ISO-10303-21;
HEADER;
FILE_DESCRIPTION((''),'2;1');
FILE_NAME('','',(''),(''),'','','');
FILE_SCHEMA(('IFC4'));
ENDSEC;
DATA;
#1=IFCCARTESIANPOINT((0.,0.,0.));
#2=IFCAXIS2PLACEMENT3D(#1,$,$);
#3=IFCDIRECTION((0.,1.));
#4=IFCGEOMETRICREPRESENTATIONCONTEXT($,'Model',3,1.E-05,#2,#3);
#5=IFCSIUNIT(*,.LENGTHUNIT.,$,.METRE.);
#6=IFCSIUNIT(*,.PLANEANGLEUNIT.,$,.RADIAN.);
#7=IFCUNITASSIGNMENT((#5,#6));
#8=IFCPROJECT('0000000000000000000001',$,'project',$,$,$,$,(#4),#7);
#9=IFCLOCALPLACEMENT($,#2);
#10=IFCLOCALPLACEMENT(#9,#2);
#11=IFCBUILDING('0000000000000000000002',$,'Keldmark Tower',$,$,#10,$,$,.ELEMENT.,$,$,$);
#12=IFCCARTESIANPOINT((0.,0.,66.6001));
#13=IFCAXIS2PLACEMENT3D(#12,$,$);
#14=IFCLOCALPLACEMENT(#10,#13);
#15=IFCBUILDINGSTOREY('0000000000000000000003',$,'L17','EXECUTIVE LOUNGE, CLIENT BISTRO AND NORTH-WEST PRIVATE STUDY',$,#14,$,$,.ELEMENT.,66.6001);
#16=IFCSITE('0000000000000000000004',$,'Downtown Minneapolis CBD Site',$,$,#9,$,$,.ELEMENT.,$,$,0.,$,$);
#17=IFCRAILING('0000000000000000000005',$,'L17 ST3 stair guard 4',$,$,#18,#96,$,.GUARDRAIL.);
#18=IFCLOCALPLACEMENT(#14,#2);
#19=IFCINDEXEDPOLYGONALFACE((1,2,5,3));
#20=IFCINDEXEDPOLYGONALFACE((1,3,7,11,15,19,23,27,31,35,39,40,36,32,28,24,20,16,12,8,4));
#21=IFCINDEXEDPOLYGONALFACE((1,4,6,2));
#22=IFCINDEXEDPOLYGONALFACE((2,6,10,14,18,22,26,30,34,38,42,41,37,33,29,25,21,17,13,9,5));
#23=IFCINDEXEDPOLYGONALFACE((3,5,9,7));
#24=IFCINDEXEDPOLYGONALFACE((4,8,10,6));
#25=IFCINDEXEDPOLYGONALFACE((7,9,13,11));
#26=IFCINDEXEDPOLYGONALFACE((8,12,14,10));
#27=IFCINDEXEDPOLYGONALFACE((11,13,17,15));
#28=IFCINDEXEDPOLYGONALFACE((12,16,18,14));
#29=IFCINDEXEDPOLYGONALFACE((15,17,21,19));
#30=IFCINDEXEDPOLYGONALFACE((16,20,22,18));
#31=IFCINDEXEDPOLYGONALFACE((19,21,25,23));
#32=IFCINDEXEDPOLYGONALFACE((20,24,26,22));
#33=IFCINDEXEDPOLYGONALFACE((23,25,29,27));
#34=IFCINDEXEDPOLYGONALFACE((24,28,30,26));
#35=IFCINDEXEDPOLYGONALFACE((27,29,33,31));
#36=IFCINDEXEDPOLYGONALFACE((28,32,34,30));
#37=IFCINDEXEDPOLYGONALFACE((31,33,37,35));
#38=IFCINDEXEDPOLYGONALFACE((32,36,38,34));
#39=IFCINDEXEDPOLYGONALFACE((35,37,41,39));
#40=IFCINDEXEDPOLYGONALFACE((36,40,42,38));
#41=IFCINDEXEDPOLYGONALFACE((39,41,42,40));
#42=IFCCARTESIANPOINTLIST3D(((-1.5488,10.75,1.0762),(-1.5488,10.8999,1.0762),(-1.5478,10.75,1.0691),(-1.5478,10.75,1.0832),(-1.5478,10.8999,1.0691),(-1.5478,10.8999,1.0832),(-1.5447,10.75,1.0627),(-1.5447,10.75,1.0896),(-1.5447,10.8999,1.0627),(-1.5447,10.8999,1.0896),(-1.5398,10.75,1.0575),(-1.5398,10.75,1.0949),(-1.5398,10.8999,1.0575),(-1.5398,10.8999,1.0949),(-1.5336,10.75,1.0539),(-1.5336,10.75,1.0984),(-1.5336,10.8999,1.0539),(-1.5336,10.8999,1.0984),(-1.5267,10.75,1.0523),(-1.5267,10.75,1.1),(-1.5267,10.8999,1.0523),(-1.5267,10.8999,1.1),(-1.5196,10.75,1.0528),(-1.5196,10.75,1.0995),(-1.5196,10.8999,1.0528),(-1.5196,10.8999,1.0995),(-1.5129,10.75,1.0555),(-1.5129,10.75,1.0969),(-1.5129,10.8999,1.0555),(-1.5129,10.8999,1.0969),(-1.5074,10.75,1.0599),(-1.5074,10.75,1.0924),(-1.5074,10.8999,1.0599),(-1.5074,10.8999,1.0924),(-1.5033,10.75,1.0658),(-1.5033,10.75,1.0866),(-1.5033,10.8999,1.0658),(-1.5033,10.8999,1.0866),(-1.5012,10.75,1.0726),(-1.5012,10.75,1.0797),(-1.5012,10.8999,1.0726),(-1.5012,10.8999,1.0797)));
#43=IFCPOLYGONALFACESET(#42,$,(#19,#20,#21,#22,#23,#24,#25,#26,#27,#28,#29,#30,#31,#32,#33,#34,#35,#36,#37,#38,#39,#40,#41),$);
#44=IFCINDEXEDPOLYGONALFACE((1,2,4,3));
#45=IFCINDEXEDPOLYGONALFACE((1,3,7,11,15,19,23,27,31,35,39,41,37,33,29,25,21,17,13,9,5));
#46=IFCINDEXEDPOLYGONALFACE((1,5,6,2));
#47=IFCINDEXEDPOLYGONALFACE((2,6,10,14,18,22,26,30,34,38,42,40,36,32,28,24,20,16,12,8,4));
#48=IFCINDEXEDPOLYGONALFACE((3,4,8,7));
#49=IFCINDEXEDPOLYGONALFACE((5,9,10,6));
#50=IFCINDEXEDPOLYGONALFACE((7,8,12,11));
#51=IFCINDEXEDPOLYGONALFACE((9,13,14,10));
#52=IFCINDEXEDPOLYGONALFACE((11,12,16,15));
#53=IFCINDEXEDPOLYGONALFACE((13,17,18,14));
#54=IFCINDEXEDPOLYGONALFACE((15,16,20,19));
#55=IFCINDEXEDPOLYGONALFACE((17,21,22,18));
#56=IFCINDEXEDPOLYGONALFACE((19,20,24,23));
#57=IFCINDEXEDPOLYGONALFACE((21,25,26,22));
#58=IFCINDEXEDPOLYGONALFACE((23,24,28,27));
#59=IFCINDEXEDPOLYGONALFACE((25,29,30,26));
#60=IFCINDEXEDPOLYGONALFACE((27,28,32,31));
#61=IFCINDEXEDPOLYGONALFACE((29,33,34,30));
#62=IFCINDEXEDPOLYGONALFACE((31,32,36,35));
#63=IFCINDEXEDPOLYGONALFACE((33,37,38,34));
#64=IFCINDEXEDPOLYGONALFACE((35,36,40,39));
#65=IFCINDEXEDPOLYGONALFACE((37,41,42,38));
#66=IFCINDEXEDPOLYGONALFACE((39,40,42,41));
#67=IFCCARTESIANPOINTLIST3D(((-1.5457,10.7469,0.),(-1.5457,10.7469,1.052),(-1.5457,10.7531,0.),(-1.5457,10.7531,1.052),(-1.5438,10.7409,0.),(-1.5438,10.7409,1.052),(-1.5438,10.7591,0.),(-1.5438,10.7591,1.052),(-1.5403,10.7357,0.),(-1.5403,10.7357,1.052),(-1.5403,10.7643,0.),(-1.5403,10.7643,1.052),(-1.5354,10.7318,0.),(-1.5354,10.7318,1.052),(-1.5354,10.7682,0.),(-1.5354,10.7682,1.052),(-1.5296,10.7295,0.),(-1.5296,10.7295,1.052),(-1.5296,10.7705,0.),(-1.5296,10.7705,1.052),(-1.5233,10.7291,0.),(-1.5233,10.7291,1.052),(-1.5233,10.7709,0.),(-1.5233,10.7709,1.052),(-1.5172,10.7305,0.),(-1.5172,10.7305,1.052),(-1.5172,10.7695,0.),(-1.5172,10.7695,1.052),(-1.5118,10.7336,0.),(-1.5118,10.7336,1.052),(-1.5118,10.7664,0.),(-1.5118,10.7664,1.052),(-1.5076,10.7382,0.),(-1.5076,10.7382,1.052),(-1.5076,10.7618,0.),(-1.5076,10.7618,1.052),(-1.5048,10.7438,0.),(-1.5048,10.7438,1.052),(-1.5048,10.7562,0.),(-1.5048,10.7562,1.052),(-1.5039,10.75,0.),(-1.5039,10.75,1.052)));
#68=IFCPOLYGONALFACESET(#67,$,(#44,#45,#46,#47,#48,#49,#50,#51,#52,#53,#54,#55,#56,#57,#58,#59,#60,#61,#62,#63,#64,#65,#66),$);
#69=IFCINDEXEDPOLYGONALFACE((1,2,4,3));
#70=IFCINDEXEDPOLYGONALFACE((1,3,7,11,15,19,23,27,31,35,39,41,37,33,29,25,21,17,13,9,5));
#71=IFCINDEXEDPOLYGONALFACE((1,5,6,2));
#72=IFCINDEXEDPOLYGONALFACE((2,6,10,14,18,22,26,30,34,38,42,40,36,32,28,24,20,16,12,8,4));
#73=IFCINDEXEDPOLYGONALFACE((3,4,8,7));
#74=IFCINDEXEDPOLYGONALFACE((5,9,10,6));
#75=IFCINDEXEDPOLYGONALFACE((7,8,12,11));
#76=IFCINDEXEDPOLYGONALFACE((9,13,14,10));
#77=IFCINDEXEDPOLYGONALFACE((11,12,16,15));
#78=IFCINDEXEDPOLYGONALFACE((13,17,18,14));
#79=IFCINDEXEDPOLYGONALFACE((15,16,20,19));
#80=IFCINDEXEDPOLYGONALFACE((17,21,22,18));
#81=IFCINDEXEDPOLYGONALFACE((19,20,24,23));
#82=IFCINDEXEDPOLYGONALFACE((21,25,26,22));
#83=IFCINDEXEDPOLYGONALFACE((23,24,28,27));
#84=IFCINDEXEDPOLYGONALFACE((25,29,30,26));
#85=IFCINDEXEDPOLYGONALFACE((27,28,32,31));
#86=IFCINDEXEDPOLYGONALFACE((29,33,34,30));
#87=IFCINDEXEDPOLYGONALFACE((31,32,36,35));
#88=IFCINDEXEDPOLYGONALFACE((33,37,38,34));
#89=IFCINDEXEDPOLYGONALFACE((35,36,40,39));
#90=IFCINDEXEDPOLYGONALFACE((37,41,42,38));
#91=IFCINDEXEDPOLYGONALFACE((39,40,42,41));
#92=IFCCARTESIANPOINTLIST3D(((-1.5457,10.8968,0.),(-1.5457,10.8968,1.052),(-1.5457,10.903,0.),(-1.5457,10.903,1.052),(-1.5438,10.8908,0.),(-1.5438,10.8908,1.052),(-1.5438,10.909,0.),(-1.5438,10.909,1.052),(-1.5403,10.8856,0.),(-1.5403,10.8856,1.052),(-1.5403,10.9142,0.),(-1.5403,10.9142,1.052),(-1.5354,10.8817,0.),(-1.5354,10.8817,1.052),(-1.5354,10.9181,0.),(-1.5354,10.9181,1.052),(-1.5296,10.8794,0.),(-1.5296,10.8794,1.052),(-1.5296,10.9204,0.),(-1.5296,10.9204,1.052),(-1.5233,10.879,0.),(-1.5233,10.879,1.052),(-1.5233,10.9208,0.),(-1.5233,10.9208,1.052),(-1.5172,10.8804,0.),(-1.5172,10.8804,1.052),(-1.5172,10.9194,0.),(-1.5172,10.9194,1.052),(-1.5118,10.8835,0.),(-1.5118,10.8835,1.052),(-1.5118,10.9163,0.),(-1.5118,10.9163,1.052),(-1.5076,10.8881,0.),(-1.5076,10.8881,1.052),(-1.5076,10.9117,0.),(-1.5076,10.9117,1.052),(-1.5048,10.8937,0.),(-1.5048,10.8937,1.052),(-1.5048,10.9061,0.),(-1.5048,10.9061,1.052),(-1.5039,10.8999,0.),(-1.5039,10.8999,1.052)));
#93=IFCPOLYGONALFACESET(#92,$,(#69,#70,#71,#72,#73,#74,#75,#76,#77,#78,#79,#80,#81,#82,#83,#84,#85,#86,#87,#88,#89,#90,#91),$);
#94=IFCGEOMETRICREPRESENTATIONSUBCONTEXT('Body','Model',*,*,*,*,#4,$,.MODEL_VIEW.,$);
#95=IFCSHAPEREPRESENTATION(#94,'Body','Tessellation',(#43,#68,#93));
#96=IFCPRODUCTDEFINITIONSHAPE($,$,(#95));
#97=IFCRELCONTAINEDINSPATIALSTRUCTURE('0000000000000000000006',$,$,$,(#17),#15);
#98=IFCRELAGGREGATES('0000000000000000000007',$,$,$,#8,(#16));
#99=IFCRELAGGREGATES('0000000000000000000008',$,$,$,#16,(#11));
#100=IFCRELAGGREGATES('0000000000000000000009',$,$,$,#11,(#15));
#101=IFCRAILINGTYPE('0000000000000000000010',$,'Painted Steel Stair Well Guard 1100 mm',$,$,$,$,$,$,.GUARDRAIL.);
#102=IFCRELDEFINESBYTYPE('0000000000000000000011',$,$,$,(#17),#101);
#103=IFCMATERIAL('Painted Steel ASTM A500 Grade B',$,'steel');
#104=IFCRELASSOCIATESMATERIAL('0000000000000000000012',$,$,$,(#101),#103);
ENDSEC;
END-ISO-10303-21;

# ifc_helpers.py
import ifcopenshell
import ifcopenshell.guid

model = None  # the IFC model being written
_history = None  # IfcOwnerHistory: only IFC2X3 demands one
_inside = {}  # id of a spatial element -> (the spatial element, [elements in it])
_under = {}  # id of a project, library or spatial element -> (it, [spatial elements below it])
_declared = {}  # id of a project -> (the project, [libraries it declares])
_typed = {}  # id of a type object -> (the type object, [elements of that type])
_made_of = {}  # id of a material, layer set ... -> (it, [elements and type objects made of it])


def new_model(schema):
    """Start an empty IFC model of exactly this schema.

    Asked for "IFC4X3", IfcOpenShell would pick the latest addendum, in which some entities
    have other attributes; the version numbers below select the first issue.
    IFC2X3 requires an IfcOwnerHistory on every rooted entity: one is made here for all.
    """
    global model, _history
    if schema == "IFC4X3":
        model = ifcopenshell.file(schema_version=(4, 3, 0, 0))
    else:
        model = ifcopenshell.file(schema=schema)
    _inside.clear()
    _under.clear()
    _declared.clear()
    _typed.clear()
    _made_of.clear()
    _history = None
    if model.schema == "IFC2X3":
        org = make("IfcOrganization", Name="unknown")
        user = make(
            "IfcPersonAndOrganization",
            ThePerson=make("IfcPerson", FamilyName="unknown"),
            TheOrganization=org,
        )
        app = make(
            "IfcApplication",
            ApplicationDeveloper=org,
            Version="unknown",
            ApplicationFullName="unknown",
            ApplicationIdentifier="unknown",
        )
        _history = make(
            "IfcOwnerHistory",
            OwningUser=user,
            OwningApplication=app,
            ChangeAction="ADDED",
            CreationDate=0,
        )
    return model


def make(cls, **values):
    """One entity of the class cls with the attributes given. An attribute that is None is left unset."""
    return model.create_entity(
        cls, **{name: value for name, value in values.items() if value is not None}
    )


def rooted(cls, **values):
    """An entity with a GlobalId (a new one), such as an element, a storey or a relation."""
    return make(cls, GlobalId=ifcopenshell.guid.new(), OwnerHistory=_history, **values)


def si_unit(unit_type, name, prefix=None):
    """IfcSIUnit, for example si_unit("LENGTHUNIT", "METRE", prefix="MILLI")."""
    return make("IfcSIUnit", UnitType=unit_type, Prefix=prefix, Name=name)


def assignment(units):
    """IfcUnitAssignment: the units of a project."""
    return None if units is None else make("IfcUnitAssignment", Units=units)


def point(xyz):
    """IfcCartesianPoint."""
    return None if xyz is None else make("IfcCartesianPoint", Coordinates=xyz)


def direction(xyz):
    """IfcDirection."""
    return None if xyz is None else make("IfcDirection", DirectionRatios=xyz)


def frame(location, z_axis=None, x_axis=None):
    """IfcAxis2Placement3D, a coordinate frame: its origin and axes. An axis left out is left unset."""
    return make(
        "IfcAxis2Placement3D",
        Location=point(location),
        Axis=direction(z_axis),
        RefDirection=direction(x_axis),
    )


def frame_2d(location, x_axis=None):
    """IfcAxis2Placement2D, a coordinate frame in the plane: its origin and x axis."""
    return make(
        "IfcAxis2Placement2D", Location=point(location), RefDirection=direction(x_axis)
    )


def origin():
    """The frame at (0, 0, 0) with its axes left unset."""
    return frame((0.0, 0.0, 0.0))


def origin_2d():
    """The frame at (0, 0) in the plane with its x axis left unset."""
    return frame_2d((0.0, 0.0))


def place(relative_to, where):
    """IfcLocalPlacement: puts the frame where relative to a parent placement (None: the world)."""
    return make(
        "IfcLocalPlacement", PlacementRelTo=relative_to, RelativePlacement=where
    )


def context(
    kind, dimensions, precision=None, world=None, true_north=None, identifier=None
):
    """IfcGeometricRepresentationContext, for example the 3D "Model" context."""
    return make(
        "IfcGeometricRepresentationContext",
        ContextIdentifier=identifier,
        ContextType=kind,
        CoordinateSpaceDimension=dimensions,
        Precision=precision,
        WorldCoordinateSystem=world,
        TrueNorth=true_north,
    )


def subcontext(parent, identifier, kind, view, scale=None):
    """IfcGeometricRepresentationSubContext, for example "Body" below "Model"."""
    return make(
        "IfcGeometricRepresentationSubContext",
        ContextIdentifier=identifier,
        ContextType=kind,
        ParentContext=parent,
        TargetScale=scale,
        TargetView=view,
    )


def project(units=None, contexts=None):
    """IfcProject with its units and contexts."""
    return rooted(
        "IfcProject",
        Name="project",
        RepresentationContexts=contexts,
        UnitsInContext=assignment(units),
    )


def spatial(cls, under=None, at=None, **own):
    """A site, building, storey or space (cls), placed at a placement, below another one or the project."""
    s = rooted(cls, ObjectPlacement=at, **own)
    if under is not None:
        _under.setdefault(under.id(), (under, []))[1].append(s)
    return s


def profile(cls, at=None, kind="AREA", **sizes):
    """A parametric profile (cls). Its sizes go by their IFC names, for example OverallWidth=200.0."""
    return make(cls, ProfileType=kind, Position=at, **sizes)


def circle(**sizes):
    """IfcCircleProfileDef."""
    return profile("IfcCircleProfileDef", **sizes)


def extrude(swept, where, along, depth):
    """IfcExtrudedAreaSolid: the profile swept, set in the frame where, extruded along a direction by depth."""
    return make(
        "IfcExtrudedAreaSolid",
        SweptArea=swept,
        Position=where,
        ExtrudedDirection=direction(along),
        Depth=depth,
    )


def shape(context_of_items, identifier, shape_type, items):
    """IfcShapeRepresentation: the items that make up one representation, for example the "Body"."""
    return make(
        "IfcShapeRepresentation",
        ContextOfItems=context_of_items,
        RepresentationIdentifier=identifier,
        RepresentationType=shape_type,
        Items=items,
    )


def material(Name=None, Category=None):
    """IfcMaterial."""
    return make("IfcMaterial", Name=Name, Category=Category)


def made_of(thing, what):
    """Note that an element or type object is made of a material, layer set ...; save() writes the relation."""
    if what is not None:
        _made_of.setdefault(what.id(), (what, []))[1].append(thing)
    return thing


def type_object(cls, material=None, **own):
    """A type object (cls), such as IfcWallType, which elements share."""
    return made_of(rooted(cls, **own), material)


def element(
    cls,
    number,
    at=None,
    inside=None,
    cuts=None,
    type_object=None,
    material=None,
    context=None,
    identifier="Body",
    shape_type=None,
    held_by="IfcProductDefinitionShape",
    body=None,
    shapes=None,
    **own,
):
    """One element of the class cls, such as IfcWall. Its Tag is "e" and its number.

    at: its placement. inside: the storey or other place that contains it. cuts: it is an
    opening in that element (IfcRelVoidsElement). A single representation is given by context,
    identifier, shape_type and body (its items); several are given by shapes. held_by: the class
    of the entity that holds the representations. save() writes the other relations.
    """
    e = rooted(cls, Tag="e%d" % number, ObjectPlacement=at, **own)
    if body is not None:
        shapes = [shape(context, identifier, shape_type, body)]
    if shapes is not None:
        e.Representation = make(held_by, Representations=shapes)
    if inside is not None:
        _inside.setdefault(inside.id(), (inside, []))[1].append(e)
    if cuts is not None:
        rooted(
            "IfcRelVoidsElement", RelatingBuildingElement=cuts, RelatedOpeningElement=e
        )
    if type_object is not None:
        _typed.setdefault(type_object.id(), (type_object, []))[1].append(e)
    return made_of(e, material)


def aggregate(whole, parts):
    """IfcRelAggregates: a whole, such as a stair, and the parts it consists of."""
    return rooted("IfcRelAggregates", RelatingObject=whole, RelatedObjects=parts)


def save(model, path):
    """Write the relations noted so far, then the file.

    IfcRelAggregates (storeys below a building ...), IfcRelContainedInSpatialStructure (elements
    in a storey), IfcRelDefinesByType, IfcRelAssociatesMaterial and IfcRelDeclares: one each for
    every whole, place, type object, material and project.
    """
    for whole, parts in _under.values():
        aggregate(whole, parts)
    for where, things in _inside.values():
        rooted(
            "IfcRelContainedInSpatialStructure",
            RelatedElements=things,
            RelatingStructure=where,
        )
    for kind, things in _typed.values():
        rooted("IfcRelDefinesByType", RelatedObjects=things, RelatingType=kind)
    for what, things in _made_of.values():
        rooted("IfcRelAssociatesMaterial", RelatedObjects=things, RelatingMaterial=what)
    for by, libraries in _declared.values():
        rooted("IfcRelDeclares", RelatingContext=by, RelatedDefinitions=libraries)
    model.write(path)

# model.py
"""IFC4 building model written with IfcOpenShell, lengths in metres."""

from ifc_helpers import new_model, si_unit, direction, frame, origin, origin_2d, place, context, subcontext, project, spatial, circle, extrude, material, type_object, element, save


model = new_model("IFC4")

# Units and contexts
model_context = context("Model", 3, precision=1e-05, world=origin(), true_north=direction((0.0, 1.0)))
body_context = subcontext(model_context, "Body", "Model", "MODEL_VIEW")
ifc_project = project(units=[si_unit("LENGTHUNIT", "METRE"), si_unit("PLANEANGLEUNIT", "RADIAN")], contexts=[model_context])

# Site, building, storey
site_placement = place(None, origin())
site = spatial("IfcSite", under=ifc_project, at=site_placement, Name="Downtown Minneapolis CBD Site", CompositionType="ELEMENT", RefElevation=0.0)
building_placement = place(site_placement, origin())
building = spatial("IfcBuilding", under=site, at=building_placement, Name="Keldmark Tower", CompositionType="ELEMENT")
storey_placement = place(building_placement, frame((0.0, 0.0, 66.6001)))
storey = spatial("IfcBuildingStorey", under=building, at=storey_placement, Name="L17", Description="EXECUTIVE LOUNGE, CLIENT BISTRO AND NORTH-WEST PRIVATE STUDY", CompositionType="ELEMENT", Elevation=66.6001)

# Railing
ifc_material_1 = material(Name="Painted Steel ASTM A500 Grade B", Category="steel")
railing_type = type_object("IfcRailingType", Name="Painted Steel Stair Well Guard 1100 mm", PredefinedType="GUARDRAIL", material=ifc_material_1)
railing_1_placement = place(storey_placement, frame((-1.5249, 10.75, 0.0)))
element("IfcRailing", 1, at=railing_1_placement, inside=storey, type_object=railing_type, Name="L17 ST3 stair guard 4", PredefinedType="GUARDRAIL", context=body_context, shape_type="SweptSolid", body=[
    extrude(circle(Radius=0.0239, at=origin_2d()), frame((0.0, 0.0, 1.0762), z_axis=(0.0, 1.0, 0.0), x_axis=(-1.0, 0.0, 0.0)), (0.0, 0.0, 1.0), 0.1499),
    extrude(circle(Radius=0.021, at=origin_2d()), origin(), (0.0, 0.0, 1.0), 1.052),
    extrude(circle(Radius=0.021, at=origin_2d()), frame((0.0, 0.1499, 0.0)), (0.0, 0.0, 1.0), 1.052),
])

save(model, "model.ifc")
